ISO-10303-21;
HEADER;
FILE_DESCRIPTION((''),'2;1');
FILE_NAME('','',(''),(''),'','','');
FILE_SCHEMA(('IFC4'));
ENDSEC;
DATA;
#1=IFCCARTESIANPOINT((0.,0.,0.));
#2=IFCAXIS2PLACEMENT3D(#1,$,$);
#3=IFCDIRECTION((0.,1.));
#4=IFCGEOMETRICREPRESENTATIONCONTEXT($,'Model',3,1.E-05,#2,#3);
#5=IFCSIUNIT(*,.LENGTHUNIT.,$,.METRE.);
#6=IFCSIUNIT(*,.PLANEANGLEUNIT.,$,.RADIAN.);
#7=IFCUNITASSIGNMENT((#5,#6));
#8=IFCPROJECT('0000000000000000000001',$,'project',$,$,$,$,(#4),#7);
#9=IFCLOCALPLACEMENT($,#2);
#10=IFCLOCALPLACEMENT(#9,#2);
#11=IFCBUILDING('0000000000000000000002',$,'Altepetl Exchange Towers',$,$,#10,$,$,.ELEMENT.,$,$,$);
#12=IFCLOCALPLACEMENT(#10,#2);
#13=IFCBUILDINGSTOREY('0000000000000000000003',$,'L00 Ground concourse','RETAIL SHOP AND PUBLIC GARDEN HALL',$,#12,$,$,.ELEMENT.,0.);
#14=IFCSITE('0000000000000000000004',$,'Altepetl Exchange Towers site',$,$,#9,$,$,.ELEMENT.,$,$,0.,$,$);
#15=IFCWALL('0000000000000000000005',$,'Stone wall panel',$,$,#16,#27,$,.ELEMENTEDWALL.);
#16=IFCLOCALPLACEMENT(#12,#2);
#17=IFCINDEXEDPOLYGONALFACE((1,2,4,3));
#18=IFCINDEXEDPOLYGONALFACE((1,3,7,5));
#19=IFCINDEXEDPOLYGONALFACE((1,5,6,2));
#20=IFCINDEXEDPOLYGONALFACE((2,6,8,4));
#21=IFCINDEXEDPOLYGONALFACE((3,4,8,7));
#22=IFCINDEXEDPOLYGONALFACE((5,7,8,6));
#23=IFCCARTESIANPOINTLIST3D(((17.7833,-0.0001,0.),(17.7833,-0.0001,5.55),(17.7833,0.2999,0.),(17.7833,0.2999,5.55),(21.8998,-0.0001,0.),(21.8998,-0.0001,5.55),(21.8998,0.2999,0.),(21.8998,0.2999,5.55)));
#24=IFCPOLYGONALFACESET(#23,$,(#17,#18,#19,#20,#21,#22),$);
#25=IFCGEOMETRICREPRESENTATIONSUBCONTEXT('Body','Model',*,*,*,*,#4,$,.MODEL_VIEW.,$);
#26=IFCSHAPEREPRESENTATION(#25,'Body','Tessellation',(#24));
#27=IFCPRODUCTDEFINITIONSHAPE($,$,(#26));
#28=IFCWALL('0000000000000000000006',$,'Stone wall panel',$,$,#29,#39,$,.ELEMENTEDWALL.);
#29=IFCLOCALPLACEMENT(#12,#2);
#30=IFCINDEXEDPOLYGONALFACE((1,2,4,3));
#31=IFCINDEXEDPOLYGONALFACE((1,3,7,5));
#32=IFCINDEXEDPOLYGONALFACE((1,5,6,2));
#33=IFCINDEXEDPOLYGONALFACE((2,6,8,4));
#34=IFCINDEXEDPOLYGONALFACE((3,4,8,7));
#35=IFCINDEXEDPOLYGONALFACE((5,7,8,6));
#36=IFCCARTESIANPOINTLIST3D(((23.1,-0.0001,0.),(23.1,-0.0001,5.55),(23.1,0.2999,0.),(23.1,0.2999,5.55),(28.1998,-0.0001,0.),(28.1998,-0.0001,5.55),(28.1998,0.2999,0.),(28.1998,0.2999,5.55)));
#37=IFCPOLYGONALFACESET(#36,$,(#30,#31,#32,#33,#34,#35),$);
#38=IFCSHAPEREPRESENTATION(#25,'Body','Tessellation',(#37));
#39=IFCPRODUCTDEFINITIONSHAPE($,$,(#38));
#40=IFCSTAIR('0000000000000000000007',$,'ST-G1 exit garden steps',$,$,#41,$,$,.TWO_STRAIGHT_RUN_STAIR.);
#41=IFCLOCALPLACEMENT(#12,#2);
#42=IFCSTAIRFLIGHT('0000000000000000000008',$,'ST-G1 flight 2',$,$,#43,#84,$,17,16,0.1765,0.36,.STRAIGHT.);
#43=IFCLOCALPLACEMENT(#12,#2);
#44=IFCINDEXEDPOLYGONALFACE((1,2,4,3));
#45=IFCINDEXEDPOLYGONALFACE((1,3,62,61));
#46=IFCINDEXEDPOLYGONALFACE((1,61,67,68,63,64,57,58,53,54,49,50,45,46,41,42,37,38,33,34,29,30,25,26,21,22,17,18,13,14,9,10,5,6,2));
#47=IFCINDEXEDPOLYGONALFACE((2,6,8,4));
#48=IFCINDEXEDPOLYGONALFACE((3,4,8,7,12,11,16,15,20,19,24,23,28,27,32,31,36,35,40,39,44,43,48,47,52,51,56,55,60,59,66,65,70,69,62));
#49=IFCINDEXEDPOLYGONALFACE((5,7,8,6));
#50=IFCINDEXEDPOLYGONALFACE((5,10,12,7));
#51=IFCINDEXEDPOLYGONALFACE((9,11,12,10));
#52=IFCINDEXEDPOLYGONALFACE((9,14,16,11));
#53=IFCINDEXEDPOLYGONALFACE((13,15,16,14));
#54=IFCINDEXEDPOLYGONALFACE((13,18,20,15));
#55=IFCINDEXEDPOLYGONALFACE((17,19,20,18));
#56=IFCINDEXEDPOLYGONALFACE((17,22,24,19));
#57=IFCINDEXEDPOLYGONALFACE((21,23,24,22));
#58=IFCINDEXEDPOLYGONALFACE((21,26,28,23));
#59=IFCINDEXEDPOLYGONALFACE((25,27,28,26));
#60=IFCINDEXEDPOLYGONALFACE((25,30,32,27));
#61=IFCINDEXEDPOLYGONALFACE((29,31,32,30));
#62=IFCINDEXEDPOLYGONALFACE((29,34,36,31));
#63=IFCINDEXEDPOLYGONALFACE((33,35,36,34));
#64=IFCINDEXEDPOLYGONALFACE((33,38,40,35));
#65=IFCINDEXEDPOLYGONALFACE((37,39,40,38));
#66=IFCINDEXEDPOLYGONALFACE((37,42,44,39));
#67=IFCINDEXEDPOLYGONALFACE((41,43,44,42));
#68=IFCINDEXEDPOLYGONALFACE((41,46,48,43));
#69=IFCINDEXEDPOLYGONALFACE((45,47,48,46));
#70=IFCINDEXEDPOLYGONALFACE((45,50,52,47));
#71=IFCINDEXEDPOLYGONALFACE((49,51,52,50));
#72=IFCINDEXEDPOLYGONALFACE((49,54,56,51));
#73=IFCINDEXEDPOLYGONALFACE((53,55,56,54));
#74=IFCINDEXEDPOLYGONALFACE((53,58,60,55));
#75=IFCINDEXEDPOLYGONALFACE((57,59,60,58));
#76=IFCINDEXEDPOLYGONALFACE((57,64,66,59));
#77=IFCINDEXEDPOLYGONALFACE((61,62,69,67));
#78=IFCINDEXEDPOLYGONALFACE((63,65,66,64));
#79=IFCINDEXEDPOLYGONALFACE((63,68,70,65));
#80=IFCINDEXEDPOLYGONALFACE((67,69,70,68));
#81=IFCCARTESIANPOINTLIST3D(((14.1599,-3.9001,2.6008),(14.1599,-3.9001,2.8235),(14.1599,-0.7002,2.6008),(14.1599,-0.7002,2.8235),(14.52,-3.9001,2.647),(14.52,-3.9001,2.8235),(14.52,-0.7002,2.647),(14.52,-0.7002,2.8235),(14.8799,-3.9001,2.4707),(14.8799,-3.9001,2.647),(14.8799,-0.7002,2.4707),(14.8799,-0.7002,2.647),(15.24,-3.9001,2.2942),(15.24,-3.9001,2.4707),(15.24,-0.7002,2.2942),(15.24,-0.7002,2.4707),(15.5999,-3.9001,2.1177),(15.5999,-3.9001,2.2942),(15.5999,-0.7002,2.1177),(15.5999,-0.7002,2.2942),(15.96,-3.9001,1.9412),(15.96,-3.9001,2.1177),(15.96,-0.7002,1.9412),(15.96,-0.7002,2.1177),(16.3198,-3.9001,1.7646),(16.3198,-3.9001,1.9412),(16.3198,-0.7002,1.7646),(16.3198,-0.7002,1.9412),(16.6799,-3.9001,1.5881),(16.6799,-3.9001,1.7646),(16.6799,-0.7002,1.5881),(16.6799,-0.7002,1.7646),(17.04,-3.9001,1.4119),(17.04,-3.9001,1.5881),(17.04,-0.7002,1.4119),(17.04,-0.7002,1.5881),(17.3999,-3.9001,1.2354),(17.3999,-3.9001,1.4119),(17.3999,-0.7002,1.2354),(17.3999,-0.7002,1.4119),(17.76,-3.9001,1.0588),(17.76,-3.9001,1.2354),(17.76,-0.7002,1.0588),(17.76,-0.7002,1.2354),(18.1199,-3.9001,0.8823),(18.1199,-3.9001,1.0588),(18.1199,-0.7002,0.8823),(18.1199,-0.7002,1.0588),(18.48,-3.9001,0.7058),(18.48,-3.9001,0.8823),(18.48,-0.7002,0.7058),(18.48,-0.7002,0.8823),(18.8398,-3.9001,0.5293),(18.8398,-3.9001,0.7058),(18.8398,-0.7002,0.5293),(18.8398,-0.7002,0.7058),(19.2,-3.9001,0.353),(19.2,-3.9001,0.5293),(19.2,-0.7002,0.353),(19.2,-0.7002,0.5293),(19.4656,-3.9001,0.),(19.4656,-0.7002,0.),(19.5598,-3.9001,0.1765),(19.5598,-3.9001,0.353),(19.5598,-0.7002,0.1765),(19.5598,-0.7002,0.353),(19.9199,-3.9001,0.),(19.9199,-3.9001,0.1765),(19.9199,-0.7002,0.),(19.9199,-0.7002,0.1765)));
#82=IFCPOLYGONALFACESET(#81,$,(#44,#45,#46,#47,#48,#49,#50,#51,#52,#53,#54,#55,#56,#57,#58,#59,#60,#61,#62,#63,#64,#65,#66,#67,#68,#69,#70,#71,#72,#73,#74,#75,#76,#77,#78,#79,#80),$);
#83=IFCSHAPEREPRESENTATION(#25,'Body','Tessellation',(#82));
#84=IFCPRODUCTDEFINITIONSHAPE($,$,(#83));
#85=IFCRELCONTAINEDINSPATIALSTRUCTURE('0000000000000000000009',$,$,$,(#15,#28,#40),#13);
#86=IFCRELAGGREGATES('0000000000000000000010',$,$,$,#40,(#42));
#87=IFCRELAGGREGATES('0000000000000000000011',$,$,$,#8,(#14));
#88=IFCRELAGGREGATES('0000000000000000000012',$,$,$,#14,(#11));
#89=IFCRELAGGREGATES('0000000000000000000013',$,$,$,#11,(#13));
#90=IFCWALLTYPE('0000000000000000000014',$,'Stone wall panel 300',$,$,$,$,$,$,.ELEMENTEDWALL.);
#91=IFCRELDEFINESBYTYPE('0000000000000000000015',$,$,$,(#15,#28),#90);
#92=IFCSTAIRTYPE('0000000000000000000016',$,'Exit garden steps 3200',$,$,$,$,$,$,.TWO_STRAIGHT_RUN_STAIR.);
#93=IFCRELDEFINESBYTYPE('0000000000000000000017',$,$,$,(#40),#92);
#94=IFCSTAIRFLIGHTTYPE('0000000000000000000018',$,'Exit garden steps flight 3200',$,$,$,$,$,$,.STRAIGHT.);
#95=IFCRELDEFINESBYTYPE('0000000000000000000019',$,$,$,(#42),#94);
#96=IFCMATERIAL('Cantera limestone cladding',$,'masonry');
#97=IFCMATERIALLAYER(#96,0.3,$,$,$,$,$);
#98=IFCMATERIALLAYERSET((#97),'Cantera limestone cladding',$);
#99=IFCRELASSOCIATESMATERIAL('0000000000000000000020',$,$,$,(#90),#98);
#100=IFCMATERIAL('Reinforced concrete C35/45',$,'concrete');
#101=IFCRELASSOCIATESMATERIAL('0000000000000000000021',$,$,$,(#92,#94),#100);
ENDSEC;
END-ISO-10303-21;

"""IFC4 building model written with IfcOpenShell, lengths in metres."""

from ifc_helpers import new_model, si_unit, direction, frame, frame_2d, origin, place, context, subcontext, project, spatial, polyline, rectangle, outline, extrude, material, layer, layer_set, type_object, element, aggregate, save


model = new_model("IFC4")

# Units and contexts
model_context = context("Model", 3, precision=1e-05, world=origin(), true_north=direction((0.0, 1.0)))
body_context = subcontext(model_context, "Body", "Model", "MODEL_VIEW")
ifc_project = project(units=[si_unit("LENGTHUNIT", "METRE"), si_unit("PLANEANGLEUNIT", "RADIAN")], contexts=[model_context])

# Site, building, storey
site_placement = place(None, origin())
site = spatial("IfcSite", under=ifc_project, at=site_placement, Name="Altepetl Exchange Towers site", CompositionType="ELEMENT", RefElevation=0.0)
building_placement = place(site_placement, origin())
building = spatial("IfcBuilding", under=site, at=building_placement, Name="Altepetl Exchange Towers", CompositionType="ELEMENT")
storey_placement = place(building_placement, origin())
storey = spatial("IfcBuildingStorey", under=building, at=storey_placement, Name="L00 Ground concourse", Description="RETAIL SHOP AND PUBLIC GARDEN HALL", CompositionType="ELEMENT", Elevation=0.0)

# Walls
ifc_material_1 = material(Name="Cantera limestone cladding", Category="masonry")
ifc_layer_1 = layer(ifc_material_1, 0.3)
ifc_layer_set_1 = layer_set([ifc_layer_1], Name="Cantera limestone cladding")
wall_type_1 = type_object("IfcWallType", Name="Stone wall panel 300", PredefinedType="ELEMENTEDWALL", material=ifc_layer_set_1)
wall_1_placement = place(storey_placement, frame((17.7834, 0.1499, 0.0)))
element("IfcWall", 1, at=wall_1_placement, inside=storey, type_object=wall_type_1, Name="Stone wall panel", PredefinedType="ELEMENTEDWALL", context=body_context, shape_type="SweptSolid", body=[
    extrude(rectangle(XDim=4.1165, YDim=0.3, at=frame_2d((2.0581, 0.0))), origin(), (0.0, 0.0, 1.0), 5.55),
])
wall_2_placement = place(storey_placement, frame((23.1001, 0.1499, 0.0)))
element("IfcWall", 2, at=wall_2_placement, inside=storey, type_object=wall_type_1, Name="Stone wall panel", PredefinedType="ELEMENTEDWALL", context=body_context, shape_type="SweptSolid", body=[
    extrude(rectangle(XDim=5.0999, YDim=0.3, at=frame_2d((2.5498, 0.0))), origin(), (0.0, 0.0, 1.0), 5.55),
])

# Stair, stair flight
ifc_material_2 = material(Name="Reinforced concrete C35/45", Category="concrete")
stair_type = type_object("IfcStairType", Name="Exit garden steps 3200", PredefinedType="TWO_STRAIGHT_RUN_STAIR", material=ifc_material_2)
stair_placement = place(storey_placement, origin())
stair = element("IfcStair", 3, at=stair_placement, inside=storey, type_object=stair_type, Name="ST-G1 exit garden steps", PredefinedType="TWO_STRAIGHT_RUN_STAIR")
stair_flight_type = type_object("IfcStairFlightType", Name="Exit garden steps flight 3200", PredefinedType="STRAIGHT", material=ifc_material_2)
stair_flight_placement = place(storey_placement, frame((19.9199, -2.3, 0.0), z_axis=(0.0, 0.0, 1.0), x_axis=(-1.0, 0.0, 0.0)))
stair_flight = element("IfcStairFlight", 4, at=stair_flight_placement, type_object=stair_flight_type, Name="ST-G1 flight 2", NumberOfRisers=17, NumberOfTreads=16, PredefinedType="STRAIGHT", RiserHeight=0.1765, TreadLength=0.36, context=body_context, shape_type="SweptSolid", body=[
    extrude(outline(polyline([(0.0, 0.0), (0.0, 0.1765), (0.3601, 0.1765), (0.3601, 0.353), (0.72, 0.353), (0.72, 0.5293), (1.0801, 0.5293), (1.0801, 0.7058), (1.4399, 0.7058), (1.4399, 0.8823), (1.8, 0.8823), (1.8, 1.0588), (2.1599, 1.0588), (2.1599, 1.2354), (2.52, 1.2354), (2.52, 1.4119), (2.8799, 1.4119), (2.8799, 1.5881), (3.24, 1.5881), (3.24, 1.7646), (3.6001, 1.7646), (3.6001, 1.9412), (3.96, 1.9412), (3.96, 2.1177), (4.3201, 2.1177), (4.3201, 2.2942), (4.6799, 2.2942), (4.6799, 2.4707), (5.04, 2.4707), (5.04, 2.647), (5.3999, 2.647), (5.3999, 2.8235), (5.76, 2.8235), (5.76, 3.0), (5.76, 2.6008), (0.4543, 0.0), (0.0, 0.0)])), frame((0.0, 1.6001, 0.0), z_axis=(0.0, -1.0, 0.0), x_axis=(1.0, 0.0, 0.0)), (0.0, 0.0, 1.0), 3.2),
])
aggregate(stair, [stair_flight])

save(model, "model.ifc")
